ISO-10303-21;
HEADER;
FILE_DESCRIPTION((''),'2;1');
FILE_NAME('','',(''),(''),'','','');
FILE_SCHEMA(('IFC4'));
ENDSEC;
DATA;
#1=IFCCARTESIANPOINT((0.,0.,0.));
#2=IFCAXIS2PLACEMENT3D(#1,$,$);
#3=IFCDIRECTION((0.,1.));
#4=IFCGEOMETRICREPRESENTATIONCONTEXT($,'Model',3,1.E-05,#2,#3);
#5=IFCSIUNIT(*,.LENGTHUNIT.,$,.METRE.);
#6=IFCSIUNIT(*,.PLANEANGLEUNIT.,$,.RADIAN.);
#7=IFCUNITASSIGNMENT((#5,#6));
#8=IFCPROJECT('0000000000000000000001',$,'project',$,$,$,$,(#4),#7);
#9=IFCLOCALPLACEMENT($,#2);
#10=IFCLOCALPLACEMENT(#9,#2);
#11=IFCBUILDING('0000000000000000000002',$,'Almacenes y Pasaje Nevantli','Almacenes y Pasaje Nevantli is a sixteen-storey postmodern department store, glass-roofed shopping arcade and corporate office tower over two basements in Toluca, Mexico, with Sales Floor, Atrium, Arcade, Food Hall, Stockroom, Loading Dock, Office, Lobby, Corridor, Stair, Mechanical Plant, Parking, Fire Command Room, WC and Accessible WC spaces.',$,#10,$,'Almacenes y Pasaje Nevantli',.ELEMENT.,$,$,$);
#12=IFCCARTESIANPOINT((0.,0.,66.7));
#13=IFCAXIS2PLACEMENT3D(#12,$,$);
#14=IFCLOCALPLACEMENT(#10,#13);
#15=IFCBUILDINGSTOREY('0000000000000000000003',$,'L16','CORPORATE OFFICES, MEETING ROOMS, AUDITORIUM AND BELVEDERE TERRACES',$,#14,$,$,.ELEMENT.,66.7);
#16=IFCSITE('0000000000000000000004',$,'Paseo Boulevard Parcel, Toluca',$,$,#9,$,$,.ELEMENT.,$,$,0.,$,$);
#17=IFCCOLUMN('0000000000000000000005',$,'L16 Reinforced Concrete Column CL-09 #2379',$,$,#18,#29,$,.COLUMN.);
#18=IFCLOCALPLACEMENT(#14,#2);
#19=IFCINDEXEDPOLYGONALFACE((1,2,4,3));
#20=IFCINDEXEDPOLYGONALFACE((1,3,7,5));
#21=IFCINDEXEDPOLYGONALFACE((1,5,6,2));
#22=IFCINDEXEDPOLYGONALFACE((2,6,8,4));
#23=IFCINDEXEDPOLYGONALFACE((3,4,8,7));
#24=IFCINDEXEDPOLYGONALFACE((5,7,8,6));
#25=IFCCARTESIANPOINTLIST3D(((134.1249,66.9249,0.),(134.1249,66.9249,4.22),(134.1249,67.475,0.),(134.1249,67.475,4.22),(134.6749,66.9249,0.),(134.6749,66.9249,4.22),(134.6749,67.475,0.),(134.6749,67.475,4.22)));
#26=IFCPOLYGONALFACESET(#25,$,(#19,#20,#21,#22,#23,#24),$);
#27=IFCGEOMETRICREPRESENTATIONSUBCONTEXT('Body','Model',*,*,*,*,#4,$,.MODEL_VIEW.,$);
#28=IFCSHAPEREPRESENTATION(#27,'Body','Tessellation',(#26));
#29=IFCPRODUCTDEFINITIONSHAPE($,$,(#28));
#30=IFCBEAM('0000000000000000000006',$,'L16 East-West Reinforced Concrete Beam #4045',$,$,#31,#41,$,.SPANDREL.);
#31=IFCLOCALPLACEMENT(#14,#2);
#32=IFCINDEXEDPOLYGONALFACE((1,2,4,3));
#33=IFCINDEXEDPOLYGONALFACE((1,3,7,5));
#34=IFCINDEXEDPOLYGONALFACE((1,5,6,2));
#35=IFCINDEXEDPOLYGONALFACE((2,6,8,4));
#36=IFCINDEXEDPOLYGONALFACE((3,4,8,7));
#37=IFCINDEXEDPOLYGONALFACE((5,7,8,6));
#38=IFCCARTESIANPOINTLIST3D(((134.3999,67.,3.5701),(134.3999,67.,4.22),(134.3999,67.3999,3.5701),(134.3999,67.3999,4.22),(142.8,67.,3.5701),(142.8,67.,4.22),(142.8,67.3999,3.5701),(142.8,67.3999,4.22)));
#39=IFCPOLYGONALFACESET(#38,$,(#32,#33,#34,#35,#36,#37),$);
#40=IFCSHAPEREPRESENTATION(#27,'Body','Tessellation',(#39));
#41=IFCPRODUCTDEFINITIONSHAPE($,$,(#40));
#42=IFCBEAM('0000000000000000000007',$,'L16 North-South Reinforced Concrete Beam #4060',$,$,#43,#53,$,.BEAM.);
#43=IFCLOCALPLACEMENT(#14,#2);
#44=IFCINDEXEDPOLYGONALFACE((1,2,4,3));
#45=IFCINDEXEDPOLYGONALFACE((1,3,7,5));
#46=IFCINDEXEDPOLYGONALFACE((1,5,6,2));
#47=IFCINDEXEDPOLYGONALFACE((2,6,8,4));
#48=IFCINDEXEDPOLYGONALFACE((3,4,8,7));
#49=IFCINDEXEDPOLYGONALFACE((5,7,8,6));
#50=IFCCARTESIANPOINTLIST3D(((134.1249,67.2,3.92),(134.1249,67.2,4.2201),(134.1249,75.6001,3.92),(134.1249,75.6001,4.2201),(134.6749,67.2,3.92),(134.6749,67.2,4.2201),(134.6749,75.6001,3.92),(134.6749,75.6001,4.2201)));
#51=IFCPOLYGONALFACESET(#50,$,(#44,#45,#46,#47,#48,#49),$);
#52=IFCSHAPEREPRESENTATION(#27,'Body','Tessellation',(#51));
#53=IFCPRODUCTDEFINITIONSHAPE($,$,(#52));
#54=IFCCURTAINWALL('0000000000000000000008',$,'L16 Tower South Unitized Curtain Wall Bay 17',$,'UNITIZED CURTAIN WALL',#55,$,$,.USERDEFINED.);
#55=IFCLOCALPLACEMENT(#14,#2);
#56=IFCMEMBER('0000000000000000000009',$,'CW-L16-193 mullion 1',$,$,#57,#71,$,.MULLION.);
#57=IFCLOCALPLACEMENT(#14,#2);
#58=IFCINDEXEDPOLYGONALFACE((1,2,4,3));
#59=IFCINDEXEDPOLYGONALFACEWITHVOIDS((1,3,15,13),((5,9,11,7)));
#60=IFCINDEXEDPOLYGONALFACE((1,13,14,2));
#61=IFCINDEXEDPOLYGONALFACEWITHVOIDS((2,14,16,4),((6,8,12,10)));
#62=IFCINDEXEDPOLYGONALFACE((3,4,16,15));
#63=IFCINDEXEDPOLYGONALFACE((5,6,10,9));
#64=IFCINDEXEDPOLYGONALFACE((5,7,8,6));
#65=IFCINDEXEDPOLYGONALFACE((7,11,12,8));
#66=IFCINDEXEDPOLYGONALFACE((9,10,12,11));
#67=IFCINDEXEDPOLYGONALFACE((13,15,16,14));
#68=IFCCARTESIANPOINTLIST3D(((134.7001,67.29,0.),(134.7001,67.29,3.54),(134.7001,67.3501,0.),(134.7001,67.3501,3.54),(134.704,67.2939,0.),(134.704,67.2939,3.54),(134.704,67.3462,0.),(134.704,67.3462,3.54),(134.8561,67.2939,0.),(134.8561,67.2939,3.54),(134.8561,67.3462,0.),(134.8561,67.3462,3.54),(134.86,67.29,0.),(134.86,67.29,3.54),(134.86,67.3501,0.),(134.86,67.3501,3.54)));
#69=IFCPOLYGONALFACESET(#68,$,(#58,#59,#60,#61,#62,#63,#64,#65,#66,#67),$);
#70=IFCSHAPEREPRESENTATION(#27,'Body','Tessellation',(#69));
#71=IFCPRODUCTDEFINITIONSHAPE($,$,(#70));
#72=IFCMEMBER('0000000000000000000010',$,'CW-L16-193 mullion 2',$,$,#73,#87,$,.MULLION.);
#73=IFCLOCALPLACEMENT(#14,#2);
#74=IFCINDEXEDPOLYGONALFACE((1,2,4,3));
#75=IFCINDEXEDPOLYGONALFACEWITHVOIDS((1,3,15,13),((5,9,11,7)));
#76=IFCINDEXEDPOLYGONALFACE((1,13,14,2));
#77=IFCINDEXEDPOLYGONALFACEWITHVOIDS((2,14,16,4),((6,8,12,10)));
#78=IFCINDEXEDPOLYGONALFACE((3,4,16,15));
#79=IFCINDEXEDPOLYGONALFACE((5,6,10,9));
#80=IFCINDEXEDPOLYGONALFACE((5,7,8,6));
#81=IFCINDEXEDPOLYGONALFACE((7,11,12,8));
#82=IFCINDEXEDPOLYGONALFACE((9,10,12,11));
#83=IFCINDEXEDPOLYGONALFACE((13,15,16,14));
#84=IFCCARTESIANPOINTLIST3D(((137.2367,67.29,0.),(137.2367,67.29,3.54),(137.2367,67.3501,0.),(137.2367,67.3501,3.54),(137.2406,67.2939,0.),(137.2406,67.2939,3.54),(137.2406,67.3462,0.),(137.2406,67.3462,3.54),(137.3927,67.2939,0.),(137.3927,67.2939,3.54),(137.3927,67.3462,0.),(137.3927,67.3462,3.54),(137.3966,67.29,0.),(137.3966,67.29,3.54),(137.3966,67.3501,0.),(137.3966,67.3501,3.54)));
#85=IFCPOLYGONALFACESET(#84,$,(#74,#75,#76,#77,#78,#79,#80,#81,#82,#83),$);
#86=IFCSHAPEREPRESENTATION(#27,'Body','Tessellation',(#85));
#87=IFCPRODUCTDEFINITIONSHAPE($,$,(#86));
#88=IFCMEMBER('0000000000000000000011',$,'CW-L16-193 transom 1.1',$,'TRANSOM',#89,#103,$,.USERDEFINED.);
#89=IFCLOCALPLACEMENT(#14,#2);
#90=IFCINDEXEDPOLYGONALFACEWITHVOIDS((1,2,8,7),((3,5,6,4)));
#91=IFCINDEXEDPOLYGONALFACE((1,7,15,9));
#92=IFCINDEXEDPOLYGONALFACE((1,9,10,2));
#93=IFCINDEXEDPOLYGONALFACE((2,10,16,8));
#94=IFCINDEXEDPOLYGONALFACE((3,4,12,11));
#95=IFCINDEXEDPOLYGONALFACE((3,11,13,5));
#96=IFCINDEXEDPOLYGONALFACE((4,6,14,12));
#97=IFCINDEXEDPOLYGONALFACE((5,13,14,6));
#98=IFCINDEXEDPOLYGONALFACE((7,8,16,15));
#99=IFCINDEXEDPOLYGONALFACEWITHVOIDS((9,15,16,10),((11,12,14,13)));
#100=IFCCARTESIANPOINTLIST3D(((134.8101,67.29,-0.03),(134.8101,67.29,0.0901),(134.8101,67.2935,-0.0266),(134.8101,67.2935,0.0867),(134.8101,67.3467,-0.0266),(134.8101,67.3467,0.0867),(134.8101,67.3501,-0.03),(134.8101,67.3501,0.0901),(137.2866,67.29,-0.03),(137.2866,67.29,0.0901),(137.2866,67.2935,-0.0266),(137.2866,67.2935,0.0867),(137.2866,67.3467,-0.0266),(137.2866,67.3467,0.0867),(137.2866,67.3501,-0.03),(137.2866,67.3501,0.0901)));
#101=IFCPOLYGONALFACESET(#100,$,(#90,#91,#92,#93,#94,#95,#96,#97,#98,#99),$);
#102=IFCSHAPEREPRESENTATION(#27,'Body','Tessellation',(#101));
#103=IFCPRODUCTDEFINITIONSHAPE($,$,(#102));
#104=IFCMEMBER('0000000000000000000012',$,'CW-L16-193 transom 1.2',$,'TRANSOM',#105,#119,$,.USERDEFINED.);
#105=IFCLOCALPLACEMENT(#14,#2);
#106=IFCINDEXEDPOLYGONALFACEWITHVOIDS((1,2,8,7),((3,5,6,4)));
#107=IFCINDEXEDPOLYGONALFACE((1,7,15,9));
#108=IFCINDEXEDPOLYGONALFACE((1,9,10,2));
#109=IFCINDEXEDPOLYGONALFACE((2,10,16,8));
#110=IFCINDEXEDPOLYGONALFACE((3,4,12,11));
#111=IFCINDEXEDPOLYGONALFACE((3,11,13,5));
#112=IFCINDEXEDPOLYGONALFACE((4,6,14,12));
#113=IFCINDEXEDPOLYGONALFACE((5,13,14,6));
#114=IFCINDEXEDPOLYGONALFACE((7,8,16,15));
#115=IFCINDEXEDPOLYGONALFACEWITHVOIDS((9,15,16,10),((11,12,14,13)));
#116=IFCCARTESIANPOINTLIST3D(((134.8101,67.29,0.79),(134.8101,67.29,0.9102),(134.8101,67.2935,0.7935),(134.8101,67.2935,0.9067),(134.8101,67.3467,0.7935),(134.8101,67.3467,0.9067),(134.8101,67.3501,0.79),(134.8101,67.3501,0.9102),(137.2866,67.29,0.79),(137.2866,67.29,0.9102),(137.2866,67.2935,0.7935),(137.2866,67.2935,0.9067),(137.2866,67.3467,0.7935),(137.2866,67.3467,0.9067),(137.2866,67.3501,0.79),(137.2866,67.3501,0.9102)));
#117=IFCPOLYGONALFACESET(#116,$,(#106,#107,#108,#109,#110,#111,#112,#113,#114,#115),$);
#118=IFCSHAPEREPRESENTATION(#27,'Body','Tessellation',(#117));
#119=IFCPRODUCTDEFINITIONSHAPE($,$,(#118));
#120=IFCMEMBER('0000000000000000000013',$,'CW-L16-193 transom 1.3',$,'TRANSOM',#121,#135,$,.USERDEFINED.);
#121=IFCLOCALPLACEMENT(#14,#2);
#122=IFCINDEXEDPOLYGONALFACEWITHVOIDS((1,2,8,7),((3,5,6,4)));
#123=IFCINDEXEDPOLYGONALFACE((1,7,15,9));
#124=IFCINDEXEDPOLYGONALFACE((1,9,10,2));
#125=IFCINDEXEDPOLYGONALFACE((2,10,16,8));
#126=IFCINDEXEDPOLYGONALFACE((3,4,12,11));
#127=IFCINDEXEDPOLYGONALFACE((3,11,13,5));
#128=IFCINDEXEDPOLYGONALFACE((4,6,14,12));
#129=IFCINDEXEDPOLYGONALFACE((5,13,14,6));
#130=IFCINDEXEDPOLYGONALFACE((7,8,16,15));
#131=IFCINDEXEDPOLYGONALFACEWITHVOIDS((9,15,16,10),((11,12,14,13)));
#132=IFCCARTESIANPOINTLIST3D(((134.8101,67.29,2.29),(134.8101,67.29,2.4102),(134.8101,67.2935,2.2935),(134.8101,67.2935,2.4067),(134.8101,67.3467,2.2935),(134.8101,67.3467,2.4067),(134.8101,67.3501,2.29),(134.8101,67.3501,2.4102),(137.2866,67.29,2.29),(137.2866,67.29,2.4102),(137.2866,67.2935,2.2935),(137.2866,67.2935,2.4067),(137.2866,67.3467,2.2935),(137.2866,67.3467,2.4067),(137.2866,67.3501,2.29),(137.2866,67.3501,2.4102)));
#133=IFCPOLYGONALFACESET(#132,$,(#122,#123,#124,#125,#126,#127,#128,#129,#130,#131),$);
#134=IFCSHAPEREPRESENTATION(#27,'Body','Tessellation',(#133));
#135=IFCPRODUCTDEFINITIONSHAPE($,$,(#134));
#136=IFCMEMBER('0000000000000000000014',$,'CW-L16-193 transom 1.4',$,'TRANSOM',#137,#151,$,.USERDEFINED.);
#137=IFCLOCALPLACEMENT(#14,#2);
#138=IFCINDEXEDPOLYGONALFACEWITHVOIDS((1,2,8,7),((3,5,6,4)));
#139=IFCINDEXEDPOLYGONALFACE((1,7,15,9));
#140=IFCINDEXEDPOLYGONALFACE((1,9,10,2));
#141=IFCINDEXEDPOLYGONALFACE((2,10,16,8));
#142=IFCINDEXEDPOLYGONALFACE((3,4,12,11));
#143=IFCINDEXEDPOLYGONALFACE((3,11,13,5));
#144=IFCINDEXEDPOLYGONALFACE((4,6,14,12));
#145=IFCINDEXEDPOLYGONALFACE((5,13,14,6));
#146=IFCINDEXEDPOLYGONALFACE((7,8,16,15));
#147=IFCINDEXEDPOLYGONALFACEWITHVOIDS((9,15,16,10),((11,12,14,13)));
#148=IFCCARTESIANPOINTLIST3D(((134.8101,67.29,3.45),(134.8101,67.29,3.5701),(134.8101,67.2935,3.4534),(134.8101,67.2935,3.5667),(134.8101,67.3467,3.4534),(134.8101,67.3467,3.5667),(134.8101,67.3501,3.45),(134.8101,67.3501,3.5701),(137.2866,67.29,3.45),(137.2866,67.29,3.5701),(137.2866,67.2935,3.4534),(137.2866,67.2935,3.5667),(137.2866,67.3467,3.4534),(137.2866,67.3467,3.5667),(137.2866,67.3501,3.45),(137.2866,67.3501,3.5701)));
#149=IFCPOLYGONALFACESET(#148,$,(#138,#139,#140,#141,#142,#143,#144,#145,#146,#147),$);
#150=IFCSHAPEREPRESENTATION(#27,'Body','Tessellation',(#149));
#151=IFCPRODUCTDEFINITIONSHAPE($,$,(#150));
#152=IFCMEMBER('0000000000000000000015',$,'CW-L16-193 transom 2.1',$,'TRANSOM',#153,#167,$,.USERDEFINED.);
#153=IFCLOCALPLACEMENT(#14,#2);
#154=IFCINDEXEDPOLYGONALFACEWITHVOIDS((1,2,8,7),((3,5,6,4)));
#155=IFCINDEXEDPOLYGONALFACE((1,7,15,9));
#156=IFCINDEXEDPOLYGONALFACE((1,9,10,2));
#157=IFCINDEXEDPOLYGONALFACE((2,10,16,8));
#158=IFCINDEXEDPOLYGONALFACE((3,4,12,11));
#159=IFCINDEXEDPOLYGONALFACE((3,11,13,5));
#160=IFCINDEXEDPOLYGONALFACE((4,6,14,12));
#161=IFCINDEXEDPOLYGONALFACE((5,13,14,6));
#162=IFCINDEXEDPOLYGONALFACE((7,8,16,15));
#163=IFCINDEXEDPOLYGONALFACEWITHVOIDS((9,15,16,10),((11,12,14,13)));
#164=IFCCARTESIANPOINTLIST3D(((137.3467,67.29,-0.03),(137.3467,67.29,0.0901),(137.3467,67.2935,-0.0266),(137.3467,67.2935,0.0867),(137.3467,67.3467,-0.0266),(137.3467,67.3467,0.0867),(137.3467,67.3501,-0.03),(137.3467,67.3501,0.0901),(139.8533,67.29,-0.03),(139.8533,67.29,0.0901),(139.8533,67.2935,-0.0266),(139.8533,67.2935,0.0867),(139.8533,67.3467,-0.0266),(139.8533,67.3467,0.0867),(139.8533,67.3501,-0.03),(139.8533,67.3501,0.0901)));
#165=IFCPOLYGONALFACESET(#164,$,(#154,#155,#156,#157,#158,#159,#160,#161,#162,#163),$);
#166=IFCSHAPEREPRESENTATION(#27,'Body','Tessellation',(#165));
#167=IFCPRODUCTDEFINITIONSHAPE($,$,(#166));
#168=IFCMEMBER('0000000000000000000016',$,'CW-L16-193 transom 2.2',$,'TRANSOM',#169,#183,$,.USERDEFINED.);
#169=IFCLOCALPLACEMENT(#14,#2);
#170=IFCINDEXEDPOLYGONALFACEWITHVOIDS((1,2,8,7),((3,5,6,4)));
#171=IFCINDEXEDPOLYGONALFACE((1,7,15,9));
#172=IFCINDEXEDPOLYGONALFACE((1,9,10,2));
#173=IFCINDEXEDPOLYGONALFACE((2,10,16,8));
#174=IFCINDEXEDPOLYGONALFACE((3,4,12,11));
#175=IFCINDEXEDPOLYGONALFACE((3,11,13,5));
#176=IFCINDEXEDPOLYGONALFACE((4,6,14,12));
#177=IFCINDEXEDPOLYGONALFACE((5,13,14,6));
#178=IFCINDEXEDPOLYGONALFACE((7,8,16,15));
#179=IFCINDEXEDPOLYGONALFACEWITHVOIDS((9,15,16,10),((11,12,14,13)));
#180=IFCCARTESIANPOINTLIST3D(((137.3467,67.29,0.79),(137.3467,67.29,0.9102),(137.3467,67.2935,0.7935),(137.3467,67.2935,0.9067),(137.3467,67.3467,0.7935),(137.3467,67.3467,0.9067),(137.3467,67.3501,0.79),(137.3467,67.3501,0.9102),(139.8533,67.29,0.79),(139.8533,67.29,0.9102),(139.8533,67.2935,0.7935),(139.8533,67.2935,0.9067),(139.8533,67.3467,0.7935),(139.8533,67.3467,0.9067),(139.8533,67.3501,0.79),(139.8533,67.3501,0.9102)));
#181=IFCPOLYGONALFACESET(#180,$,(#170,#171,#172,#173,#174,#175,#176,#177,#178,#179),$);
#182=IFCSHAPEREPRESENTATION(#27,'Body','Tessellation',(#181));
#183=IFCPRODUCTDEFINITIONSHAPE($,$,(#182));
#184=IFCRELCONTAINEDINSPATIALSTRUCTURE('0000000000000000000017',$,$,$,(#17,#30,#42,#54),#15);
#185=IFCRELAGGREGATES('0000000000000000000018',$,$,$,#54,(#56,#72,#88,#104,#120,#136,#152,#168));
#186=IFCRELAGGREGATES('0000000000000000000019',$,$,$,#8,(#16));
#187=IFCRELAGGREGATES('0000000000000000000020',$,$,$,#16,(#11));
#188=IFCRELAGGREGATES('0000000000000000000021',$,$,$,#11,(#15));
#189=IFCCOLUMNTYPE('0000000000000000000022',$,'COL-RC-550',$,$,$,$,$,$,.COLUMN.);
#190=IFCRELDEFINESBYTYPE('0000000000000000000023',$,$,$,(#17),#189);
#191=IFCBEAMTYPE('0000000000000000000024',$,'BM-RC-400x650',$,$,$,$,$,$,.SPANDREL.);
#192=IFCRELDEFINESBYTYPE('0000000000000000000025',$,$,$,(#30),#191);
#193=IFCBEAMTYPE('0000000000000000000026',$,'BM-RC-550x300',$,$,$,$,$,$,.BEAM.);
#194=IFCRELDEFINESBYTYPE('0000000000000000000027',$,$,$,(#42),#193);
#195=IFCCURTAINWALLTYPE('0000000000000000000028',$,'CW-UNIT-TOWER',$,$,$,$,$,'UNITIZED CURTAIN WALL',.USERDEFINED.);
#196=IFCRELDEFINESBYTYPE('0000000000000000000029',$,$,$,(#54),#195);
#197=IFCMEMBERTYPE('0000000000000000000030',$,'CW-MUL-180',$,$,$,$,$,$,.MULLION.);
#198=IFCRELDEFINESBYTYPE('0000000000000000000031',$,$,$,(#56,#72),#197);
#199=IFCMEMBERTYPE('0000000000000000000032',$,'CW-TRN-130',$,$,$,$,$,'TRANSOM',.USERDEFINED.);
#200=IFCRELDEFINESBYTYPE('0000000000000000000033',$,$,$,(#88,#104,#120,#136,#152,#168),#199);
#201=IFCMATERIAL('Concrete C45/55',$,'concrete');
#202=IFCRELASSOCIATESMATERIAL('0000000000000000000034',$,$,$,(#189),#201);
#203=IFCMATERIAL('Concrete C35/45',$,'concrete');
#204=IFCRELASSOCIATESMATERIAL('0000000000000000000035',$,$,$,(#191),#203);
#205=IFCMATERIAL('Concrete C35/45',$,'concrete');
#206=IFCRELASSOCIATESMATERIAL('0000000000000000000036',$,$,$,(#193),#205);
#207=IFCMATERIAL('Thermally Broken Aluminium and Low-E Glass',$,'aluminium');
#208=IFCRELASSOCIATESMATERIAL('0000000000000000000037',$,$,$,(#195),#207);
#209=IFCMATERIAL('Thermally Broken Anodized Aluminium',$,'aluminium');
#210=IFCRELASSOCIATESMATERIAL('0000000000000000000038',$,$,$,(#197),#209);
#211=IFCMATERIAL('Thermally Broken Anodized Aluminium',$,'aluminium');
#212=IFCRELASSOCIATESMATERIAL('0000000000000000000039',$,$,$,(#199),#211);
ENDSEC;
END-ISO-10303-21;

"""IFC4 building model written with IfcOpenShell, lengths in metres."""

from ifc_helpers import new_model, si_unit, direction, frame, origin, origin_2d, place, context, subcontext, project, spatial, rectangle, hollow_rectangle, extrude, material, material_profile, profile_set, type_object, element, aggregate, save


model = new_model("IFC4")

# Units and contexts
model_context = context("Model", 3, precision=1e-05, world=origin(), true_north=direction((0.0, 1.0)))
body_context = subcontext(model_context, "Body", "Model", "MODEL_VIEW")
ifc_project = project(units=[si_unit("LENGTHUNIT", "METRE"), si_unit("PLANEANGLEUNIT", "RADIAN")], contexts=[model_context])

# Site, building, storey
site_placement = place(None, origin())
site = spatial("IfcSite", under=ifc_project, at=site_placement, Name="Paseo Boulevard Parcel, Toluca", CompositionType="ELEMENT", RefElevation=0.0)
building_placement = place(site_placement, origin())
building = spatial("IfcBuilding", under=site, at=building_placement, Name="Almacenes y Pasaje Nevantli", Description="Almacenes y Pasaje Nevantli is a sixteen-storey postmodern department store, glass-roofed shopping arcade and corporate office tower over two basements in Toluca, Mexico, with Sales Floor, Atrium, Arcade, Food Hall, Stockroom, Loading Dock, Office, Lobby, Corridor, Stair, Mechanical Plant, Parking, Fire Command Room, WC and Accessible WC spaces.", LongName="Almacenes y Pasaje Nevantli", CompositionType="ELEMENT")
storey_placement = place(building_placement, frame((0.0, 0.0, 66.7)))
storey = spatial("IfcBuildingStorey", under=building, at=storey_placement, Name="L16", Description="CORPORATE OFFICES, MEETING ROOMS, AUDITORIUM AND BELVEDERE TERRACES", CompositionType="ELEMENT", Elevation=66.7)

# Column
ifc_material_1 = material(Name="Concrete C45/55", Category="concrete")
ifc_material_profile_1 = material_profile(ifc_material_1, rectangle(XDim=0.55, YDim=0.55, at=origin_2d()), Name="RC-COL-550x550")
ifc_profile_set_1 = profile_set([ifc_material_profile_1], Name="Concrete C45/55")
column_type = type_object("IfcColumnType", Name="COL-RC-550", PredefinedType="COLUMN", material=ifc_profile_set_1)
column_placement = place(storey_placement, frame((134.3999, 67.2, 0.0), z_axis=(0.0, 0.0, 1.0), x_axis=(1.0, 0.0, 0.0)))
element("IfcColumn", 1, at=column_placement, inside=storey, type_object=column_type, Name="L16 Reinforced Concrete Column CL-09 #2379", PredefinedType="COLUMN", context=body_context, shape_type="SweptSolid", body=[
    extrude(rectangle(XDim=0.55, YDim=0.55, at=origin_2d()), origin(), (0.0, 0.0, 1.0), 4.22),
])

# Beams
ifc_material_2 = material(Name="Concrete C35/45", Category="concrete")
ifc_material_profile_2 = material_profile(ifc_material_2, rectangle(XDim=0.3999, YDim=0.6499, at=origin_2d()), Name="RC-BM-400x650")
ifc_profile_set_2 = profile_set([ifc_material_profile_2], Name="Concrete C35/45")
beam_type_1 = type_object("IfcBeamType", Name="BM-RC-400x650", PredefinedType="SPANDREL", material=ifc_profile_set_2)
beam_1_placement = place(storey_placement, frame((134.3999, 67.2, 3.895), z_axis=(1.0, 0.0, 0.0), x_axis=(0.0, 1.0, 0.0)))
element("IfcBeam", 2, at=beam_1_placement, inside=storey, type_object=beam_type_1, Name="L16 East-West Reinforced Concrete Beam #4045", PredefinedType="SPANDREL", context=body_context, shape_type="SweptSolid", body=[
    extrude(rectangle(XDim=0.3999, YDim=0.6499, at=origin_2d()), origin(), (0.0, 0.0, 1.0), 8.4001),
])
ifc_material_3 = material(Name="Concrete C35/45", Category="concrete")
ifc_material_profile_3 = material_profile(ifc_material_3, rectangle(XDim=0.55, YDim=0.3, at=origin_2d()), Name="RC-BM-550x300")
ifc_profile_set_3 = profile_set([ifc_material_profile_3], Name="Concrete C35/45")
beam_type_2 = type_object("IfcBeamType", Name="BM-RC-550x300", PredefinedType="BEAM", material=ifc_profile_set_3)
beam_2_placement = place(storey_placement, frame((134.3999, 67.2, 4.0701), z_axis=(0.0, 1.0, 0.0), x_axis=(-1.0, 0.0, 0.0)))
element("IfcBeam", 3, at=beam_2_placement, inside=storey, type_object=beam_type_2, Name="L16 North-South Reinforced Concrete Beam #4060", PredefinedType="BEAM", context=body_context, shape_type="SweptSolid", body=[
    extrude(rectangle(XDim=0.55, YDim=0.3, at=origin_2d()), origin(), (0.0, 0.0, 1.0), 8.4001),
])

# Curtain wall, members
ifc_material_4 = material(Name="Thermally Broken Aluminium and Low-E Glass", Category="aluminium")
curtain_wall_type = type_object("IfcCurtainWallType", Name="CW-UNIT-TOWER", ElementType="UNITIZED CURTAIN WALL", PredefinedType="USERDEFINED", material=ifc_material_4)
curtain_wall_placement = place(storey_placement, origin())
curtain_wall = element("IfcCurtainWall", 4, at=curtain_wall_placement, inside=storey, type_object=curtain_wall_type, Name="L16 Tower South Unitized Curtain Wall Bay 17", ObjectType="UNITIZED CURTAIN WALL", PredefinedType="USERDEFINED")
ifc_material_5 = material(Name="Thermally Broken Anodized Aluminium", Category="aluminium")
ifc_material_profile_4 = material_profile(ifc_material_5, hollow_rectangle(XDim=0.0601, YDim=0.1599, WallThickness=0.0039, at=origin_2d()), Name="ALU-MUL-60x160")
ifc_profile_set_4 = profile_set([ifc_material_profile_4], Name="Thermally Broken Anodized Aluminium")
member_type_1 = type_object("IfcMemberType", Name="CW-MUL-180", PredefinedType="MULLION", material=ifc_profile_set_4)
member_1_placement = place(storey_placement, frame((134.78, 67.3201, 0.0), z_axis=(0.0, 0.0, 1.0), x_axis=(0.0, 1.0, 0.0)))
member_1 = element("IfcMember", 5, at=member_1_placement, type_object=member_type_1, Name="CW-L16-193 mullion 1", PredefinedType="MULLION", context=body_context, shape_type="SweptSolid", body=[
    extrude(hollow_rectangle(XDim=0.0601, YDim=0.1599, WallThickness=0.0039, at=origin_2d()), origin(), (0.0, 0.0, 1.0), 3.54),
])
member_2_placement = place(storey_placement, frame((137.3167, 67.3201, 0.0), z_axis=(0.0, 0.0, 1.0), x_axis=(0.0, 1.0, 0.0)))
member_2 = element("IfcMember", 6, at=member_2_placement, type_object=member_type_1, Name="CW-L16-193 mullion 2", PredefinedType="MULLION", context=body_context, shape_type="SweptSolid", body=[
    extrude(hollow_rectangle(XDim=0.0601, YDim=0.1599, WallThickness=0.0039, at=origin_2d()), origin(), (0.0, 0.0, 1.0), 3.54),
])
ifc_material_6 = material(Name="Thermally Broken Anodized Aluminium", Category="aluminium")
ifc_material_profile_5 = material_profile(ifc_material_6, hollow_rectangle(XDim=0.0601, YDim=0.1201, WallThickness=0.0034, at=origin_2d()), Name="ALU-TRN-60x120")
ifc_profile_set_5 = profile_set([ifc_material_profile_5], Name="Thermally Broken Anodized Aluminium")
member_type_2 = type_object("IfcMemberType", Name="CW-TRN-130", ElementType="TRANSOM", PredefinedType="USERDEFINED", material=ifc_profile_set_5)
member_3_placement = place(storey_placement, frame((134.8101, 67.3201, 0.03), z_axis=(1.0, 0.0, 0.0), x_axis=(0.0, 1.0, 0.0)))
member_3 = element("IfcMember", 7, at=member_3_placement, type_object=member_type_2, Name="CW-L16-193 transom 1.1", ObjectType="TRANSOM", PredefinedType="USERDEFINED", context=body_context, shape_type="SweptSolid", body=[
    extrude(hollow_rectangle(XDim=0.0601, YDim=0.1201, WallThickness=0.0034, at=origin_2d()), origin(), (0.0, 0.0, 1.0), 2.4766),
])
member_4_placement = place(storey_placement, frame((134.8101, 67.3201, 0.8501), z_axis=(1.0, 0.0, 0.0), x_axis=(0.0, 1.0, 0.0)))
member_4 = element("IfcMember", 8, at=member_4_placement, type_object=member_type_2, Name="CW-L16-193 transom 1.2", ObjectType="TRANSOM", PredefinedType="USERDEFINED", context=body_context, shape_type="SweptSolid", body=[
    extrude(hollow_rectangle(XDim=0.0601, YDim=0.1201, WallThickness=0.0034, at=origin_2d()), origin(), (0.0, 0.0, 1.0), 2.4766),
])
member_5_placement = place(storey_placement, frame((134.8101, 67.3201, 2.3501), z_axis=(1.0, 0.0, 0.0), x_axis=(0.0, 1.0, 0.0)))
member_5 = element("IfcMember", 9, at=member_5_placement, type_object=member_type_2, Name="CW-L16-193 transom 1.3", ObjectType="TRANSOM", PredefinedType="USERDEFINED", context=body_context, shape_type="SweptSolid", body=[
    extrude(hollow_rectangle(XDim=0.0601, YDim=0.1201, WallThickness=0.0034, at=origin_2d()), origin(), (0.0, 0.0, 1.0), 2.4766),
])
member_6_placement = place(storey_placement, frame((134.8101, 67.3201, 3.51), z_axis=(1.0, 0.0, 0.0), x_axis=(0.0, 1.0, 0.0)))
member_6 = element("IfcMember", 10, at=member_6_placement, type_object=member_type_2, Name="CW-L16-193 transom 1.4", ObjectType="TRANSOM", PredefinedType="USERDEFINED", context=body_context, shape_type="SweptSolid", body=[
    extrude(hollow_rectangle(XDim=0.0601, YDim=0.1201, WallThickness=0.0034, at=origin_2d()), origin(), (0.0, 0.0, 1.0), 2.4766),
])
member_7_placement = place(storey_placement, frame((137.3467, 67.3201, 0.03), z_axis=(1.0, 0.0, 0.0), x_axis=(0.0, 1.0, 0.0)))
member_7 = element("IfcMember", 11, at=member_7_placement, type_object=member_type_2, Name="CW-L16-193 transom 2.1", ObjectType="TRANSOM", PredefinedType="USERDEFINED", context=body_context, shape_type="SweptSolid", body=[
    extrude(hollow_rectangle(XDim=0.0601, YDim=0.1201, WallThickness=0.0034, at=origin_2d()), origin(), (0.0, 0.0, 1.0), 2.5066),
])
member_8_placement = place(storey_placement, frame((137.3467, 67.3201, 0.8501), z_axis=(1.0, 0.0, 0.0), x_axis=(0.0, 1.0, 0.0)))
member_8 = element("IfcMember", 12, at=member_8_placement, type_object=member_type_2, Name="CW-L16-193 transom 2.2", ObjectType="TRANSOM", PredefinedType="USERDEFINED", context=body_context, shape_type="SweptSolid", body=[
    extrude(hollow_rectangle(XDim=0.0601, YDim=0.1201, WallThickness=0.0034, at=origin_2d()), origin(), (0.0, 0.0, 1.0), 2.5066),
])
aggregate(curtain_wall, [member_1, member_2, member_3, member_4, member_5, member_6, member_7, member_8])

save(model, "model.ifc")
